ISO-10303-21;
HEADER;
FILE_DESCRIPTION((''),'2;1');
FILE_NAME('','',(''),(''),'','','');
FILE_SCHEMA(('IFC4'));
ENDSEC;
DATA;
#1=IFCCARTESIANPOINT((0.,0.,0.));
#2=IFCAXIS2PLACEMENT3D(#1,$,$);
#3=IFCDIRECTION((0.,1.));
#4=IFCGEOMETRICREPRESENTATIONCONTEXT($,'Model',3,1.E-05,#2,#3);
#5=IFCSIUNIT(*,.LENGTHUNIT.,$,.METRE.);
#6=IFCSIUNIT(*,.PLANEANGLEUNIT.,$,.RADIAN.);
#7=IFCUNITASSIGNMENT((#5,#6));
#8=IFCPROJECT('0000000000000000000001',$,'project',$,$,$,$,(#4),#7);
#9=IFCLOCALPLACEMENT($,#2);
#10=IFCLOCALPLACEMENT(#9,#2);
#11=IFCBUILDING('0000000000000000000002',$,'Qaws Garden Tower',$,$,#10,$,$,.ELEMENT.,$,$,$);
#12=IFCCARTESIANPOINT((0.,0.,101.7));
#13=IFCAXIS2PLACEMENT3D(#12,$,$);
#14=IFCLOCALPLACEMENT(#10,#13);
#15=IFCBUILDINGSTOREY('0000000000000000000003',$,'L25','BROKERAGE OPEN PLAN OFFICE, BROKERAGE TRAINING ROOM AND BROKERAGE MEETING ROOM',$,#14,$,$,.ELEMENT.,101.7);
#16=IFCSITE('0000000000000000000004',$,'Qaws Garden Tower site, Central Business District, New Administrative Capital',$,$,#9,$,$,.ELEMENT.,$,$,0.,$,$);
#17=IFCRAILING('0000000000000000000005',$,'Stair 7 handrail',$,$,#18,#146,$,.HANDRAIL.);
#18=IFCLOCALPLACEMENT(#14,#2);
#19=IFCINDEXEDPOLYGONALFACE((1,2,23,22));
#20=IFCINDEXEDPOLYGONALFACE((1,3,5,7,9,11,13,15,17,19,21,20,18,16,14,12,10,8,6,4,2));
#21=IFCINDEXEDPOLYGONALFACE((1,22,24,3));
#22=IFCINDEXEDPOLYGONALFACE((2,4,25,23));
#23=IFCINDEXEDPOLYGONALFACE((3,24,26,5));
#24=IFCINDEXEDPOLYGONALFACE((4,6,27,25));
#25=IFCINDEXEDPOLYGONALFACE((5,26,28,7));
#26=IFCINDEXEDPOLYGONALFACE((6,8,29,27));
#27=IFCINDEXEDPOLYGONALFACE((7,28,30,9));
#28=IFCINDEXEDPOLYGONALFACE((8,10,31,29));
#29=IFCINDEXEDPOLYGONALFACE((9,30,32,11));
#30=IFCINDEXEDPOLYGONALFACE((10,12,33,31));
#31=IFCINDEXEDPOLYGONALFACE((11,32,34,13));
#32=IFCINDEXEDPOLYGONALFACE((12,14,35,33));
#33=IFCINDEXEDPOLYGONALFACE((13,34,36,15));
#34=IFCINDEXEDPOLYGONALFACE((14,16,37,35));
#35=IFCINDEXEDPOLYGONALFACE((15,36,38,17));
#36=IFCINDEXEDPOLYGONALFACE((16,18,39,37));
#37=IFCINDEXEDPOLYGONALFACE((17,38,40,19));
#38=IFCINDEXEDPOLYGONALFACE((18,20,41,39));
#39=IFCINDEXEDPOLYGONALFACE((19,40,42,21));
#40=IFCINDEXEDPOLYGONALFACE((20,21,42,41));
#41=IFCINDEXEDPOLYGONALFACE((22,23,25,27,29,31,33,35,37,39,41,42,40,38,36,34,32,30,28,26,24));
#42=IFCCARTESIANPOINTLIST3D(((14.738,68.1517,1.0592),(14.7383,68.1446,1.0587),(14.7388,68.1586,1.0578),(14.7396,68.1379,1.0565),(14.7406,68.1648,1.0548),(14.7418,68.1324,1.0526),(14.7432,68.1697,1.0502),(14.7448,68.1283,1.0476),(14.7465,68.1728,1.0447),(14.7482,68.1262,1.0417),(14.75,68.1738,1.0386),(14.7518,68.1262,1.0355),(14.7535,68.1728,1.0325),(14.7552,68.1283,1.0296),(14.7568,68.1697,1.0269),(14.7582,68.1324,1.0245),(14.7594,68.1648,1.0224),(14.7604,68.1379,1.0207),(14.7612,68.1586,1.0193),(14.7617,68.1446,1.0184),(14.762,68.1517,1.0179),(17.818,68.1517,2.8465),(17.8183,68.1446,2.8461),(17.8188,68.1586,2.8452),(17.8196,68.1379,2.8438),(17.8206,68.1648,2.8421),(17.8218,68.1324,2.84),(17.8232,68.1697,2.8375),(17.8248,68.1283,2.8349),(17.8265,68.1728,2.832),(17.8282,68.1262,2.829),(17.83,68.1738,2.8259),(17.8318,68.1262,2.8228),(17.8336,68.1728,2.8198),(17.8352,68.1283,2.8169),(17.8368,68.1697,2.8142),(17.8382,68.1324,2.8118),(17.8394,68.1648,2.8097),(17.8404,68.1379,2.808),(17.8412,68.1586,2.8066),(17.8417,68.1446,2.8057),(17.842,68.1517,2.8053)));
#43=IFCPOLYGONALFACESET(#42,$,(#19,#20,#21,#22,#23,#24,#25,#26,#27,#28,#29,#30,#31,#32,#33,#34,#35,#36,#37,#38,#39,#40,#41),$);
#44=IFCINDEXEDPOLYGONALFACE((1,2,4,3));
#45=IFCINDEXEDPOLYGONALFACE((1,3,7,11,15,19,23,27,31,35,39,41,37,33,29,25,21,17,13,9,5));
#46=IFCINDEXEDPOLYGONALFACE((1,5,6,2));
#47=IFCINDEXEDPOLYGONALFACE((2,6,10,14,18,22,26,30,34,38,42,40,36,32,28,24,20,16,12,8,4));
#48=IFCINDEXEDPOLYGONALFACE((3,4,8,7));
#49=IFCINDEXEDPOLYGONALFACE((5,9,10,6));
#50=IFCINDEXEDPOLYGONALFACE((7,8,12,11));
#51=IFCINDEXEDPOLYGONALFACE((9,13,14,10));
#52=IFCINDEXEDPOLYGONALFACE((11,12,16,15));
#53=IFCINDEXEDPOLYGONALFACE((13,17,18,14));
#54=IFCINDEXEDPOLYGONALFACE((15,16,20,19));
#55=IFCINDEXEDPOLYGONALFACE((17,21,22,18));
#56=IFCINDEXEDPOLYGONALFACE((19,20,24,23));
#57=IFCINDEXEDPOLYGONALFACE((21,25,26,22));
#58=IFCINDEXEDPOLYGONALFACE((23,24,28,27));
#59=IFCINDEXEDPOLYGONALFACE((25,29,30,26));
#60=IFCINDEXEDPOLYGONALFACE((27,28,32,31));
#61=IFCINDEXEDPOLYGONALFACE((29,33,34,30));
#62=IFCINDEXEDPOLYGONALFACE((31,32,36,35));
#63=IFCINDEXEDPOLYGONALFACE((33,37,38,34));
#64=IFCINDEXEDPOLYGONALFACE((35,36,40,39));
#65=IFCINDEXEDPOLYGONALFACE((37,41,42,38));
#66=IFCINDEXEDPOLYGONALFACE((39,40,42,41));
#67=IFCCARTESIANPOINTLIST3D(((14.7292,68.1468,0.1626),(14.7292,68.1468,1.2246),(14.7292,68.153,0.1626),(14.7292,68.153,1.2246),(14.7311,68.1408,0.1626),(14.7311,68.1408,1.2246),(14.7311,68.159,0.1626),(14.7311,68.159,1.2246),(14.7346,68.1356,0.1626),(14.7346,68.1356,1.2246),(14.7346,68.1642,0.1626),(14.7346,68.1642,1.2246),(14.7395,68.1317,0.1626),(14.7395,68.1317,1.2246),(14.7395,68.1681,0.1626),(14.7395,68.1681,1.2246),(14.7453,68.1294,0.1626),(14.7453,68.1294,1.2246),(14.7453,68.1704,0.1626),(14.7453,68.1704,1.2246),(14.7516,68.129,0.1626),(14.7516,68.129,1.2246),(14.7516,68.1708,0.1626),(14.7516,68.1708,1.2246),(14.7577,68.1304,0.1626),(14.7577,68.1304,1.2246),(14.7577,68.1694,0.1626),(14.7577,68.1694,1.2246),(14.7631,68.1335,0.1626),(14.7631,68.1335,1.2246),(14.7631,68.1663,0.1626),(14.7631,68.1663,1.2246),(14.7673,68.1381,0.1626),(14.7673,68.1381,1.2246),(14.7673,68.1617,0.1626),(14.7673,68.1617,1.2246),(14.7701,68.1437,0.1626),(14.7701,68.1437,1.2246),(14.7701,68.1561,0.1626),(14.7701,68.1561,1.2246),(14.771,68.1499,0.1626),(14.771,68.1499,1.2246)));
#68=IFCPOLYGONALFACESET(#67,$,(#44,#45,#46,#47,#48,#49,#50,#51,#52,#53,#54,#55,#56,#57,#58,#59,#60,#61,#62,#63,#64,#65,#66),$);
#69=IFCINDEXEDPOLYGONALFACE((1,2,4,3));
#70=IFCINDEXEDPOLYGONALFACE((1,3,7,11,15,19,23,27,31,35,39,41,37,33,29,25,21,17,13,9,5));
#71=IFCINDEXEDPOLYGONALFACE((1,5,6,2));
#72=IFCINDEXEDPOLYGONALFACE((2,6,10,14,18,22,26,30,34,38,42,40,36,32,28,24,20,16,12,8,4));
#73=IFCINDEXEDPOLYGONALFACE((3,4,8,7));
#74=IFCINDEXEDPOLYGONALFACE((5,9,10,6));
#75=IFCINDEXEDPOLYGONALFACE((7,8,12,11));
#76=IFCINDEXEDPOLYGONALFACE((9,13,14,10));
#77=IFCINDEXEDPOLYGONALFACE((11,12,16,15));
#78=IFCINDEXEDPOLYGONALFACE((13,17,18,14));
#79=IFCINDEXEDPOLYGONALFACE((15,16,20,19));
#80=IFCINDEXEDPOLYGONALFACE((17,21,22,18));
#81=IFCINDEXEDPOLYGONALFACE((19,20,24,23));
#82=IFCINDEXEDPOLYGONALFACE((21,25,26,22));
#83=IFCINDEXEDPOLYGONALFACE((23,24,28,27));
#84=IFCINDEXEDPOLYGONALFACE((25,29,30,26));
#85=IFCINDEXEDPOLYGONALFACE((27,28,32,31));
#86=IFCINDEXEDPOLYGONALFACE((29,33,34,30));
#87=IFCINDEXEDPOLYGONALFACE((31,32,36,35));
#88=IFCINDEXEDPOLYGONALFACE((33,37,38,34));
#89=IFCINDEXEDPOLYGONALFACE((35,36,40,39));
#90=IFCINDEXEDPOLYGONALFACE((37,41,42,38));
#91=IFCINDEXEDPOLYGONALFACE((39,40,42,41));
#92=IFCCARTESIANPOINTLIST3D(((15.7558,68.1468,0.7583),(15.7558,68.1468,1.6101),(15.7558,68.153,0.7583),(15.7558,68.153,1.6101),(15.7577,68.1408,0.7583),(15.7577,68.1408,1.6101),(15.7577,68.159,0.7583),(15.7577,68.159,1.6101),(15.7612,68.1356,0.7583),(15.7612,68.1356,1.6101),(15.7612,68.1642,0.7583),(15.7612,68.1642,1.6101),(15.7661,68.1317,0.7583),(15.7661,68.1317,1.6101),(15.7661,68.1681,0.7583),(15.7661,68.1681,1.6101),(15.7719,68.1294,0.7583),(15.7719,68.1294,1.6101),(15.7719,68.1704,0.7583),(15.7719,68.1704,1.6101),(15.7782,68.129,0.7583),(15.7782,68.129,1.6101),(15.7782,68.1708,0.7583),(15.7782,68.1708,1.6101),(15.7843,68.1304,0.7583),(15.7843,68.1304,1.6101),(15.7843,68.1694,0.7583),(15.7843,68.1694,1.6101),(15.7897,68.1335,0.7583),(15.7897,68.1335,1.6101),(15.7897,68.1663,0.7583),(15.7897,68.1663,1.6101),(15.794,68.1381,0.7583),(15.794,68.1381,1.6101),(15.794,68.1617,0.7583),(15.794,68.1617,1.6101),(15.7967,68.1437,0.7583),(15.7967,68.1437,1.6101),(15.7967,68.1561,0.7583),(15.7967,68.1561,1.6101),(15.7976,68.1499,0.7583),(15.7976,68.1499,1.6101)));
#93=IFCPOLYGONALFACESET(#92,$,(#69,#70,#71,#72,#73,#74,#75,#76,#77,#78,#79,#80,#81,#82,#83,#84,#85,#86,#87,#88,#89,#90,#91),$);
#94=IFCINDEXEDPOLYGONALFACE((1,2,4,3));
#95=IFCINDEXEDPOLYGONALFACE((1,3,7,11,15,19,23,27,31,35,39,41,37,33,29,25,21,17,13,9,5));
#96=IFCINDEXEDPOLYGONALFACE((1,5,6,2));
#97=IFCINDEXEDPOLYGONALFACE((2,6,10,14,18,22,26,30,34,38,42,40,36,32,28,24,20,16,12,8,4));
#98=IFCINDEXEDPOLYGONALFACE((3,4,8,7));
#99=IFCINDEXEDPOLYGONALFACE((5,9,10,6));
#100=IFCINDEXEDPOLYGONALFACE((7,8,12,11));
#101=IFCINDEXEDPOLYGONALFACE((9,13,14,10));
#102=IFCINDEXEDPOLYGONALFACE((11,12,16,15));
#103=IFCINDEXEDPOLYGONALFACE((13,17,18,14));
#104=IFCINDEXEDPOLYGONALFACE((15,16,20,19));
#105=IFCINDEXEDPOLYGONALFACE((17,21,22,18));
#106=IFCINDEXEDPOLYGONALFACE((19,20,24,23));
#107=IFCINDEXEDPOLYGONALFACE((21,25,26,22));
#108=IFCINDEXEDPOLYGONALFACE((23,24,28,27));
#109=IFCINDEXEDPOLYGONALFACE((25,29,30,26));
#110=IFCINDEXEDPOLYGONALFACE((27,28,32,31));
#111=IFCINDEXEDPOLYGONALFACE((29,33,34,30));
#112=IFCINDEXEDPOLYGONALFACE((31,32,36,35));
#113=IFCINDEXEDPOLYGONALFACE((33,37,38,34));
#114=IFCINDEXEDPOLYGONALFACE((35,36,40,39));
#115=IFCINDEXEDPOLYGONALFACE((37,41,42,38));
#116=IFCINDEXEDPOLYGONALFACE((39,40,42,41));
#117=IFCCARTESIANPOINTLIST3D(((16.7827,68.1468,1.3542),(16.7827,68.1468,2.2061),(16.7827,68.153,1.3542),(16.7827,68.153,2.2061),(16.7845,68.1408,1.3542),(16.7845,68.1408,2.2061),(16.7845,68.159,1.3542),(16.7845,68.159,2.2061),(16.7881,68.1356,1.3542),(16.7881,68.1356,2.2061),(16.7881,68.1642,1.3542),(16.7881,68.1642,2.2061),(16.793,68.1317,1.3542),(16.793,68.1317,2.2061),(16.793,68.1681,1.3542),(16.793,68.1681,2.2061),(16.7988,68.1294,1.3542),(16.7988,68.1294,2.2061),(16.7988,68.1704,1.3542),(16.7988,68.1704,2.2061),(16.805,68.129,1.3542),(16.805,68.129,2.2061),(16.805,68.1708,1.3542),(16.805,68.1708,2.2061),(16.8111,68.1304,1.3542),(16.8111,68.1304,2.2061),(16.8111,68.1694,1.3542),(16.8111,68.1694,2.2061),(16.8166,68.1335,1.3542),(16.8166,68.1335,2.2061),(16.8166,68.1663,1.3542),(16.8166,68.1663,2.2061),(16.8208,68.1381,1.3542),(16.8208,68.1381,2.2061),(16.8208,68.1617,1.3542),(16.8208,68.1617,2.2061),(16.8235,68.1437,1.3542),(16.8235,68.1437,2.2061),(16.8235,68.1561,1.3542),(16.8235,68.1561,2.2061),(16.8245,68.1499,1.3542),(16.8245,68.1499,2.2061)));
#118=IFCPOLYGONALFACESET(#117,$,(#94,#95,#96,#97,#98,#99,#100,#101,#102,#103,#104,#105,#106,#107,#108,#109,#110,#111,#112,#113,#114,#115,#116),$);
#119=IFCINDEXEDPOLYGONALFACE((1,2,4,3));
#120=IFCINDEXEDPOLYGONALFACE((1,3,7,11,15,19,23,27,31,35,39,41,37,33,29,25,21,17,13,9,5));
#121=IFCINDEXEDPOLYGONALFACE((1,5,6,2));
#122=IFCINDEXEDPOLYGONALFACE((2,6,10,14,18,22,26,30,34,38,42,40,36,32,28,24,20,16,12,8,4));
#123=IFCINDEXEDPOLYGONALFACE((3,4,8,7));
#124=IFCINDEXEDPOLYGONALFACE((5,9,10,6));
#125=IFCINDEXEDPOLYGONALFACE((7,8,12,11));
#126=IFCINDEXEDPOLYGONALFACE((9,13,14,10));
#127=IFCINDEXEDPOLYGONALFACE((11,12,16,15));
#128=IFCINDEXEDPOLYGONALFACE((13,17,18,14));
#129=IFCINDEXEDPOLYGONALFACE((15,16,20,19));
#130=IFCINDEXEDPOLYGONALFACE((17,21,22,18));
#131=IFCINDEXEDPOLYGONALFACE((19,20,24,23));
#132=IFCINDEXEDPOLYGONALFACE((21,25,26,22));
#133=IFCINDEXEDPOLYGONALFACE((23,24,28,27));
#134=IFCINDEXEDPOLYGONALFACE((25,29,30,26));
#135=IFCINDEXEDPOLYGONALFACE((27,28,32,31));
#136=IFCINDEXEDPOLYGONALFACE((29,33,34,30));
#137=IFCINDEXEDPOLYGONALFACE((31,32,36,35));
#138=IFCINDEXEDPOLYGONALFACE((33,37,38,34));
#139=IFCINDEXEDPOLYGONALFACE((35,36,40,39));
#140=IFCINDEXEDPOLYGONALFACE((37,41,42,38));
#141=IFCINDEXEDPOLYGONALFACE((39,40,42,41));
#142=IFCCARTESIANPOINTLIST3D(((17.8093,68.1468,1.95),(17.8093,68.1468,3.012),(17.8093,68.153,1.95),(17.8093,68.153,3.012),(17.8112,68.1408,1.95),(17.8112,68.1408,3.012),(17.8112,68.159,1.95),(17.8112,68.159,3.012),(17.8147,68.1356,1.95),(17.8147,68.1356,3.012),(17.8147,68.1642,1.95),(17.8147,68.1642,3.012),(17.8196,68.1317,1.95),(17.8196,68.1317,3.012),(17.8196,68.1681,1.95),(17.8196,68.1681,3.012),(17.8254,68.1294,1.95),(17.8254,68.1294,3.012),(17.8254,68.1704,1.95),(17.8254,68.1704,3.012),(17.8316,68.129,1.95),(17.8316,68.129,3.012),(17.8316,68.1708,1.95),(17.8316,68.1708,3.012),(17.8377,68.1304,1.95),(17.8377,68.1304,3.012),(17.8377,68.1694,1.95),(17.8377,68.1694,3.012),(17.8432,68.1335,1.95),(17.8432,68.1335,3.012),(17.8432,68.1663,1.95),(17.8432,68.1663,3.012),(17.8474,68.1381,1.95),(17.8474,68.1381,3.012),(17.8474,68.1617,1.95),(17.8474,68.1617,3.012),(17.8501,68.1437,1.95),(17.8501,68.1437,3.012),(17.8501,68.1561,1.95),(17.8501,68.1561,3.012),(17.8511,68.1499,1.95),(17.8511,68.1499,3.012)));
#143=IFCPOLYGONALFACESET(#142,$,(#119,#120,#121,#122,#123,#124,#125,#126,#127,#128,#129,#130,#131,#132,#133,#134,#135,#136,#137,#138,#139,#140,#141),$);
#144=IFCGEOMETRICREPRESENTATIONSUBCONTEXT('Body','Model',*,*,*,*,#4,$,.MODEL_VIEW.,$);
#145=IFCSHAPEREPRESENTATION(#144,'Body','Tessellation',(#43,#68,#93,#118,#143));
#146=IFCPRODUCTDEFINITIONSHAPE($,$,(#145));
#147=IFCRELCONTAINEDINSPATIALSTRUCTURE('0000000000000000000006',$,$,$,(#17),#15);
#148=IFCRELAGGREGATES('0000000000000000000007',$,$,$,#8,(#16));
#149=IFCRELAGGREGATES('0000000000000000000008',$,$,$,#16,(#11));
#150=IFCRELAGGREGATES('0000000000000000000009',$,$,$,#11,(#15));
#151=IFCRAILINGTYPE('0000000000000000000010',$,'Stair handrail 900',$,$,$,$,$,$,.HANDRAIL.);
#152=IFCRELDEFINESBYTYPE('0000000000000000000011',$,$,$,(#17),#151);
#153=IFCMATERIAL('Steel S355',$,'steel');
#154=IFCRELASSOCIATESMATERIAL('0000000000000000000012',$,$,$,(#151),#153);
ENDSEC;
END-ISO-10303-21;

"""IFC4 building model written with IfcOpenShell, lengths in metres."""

from ifc_helpers import new_model, si_unit, direction, frame, origin, origin_2d, place, context, subcontext, project, spatial, circle, extrude, material, type_object, element, save


model = new_model("IFC4")

# Units and contexts
model_context = context("Model", 3, precision=1e-05, world=origin(), true_north=direction((0.0, 1.0)))
body_context = subcontext(model_context, "Body", "Model", "MODEL_VIEW")
ifc_project = project(units=[si_unit("LENGTHUNIT", "METRE"), si_unit("PLANEANGLEUNIT", "RADIAN")], contexts=[model_context])

# Site, building, storey
site_placement = place(None, origin())
site = spatial("IfcSite", under=ifc_project, at=site_placement, Name="Qaws Garden Tower site, Central Business District, New Administrative Capital", CompositionType="ELEMENT", RefElevation=0.0)
building_placement = place(site_placement, origin())
building = spatial("IfcBuilding", under=site, at=building_placement, Name="Qaws Garden Tower", CompositionType="ELEMENT")
storey_placement = place(building_placement, frame((0.0, 0.0, 101.7)))
storey = spatial("IfcBuildingStorey", under=building, at=storey_placement, Name="L25", Description="BROKERAGE OPEN PLAN OFFICE, BROKERAGE TRAINING ROOM AND BROKERAGE MEETING ROOM", CompositionType="ELEMENT", Elevation=101.7)

# Railing
ifc_material_1 = material(Name="Steel S355", Category="steel")
railing_type = type_object("IfcRailingType", Name="Stair handrail 900", PredefinedType="HANDRAIL", material=ifc_material_1)
railing_1_placement = place(storey_placement, frame((14.75, 68.1499, 0.1626)))
element("IfcRailing", 1, at=railing_1_placement, inside=storey, type_object=railing_type, Name="Stair 7 handrail", PredefinedType="HANDRAIL", context=body_context, shape_type="SweptSolid", body=[
    extrude(circle(Radius=0.0239, at=origin_2d()), frame((0.0, 0.0, 0.876), z_axis=(0.86492, 0.0, 0.501909), x_axis=(0.0, 1.0, 0.0)), (0.0, 0.0, 1.0), 3.561),
    extrude(circle(Radius=0.021, at=origin_2d()), origin(), (0.0, 0.0, 1.0), 1.062),
    extrude(circle(Radius=0.021, at=origin_2d()), frame((1.0266, 0.0, 0.5957)), (0.0, 0.0, 1.0), 0.8518),
    extrude(circle(Radius=0.021, at=origin_2d()), frame((2.0535, 0.0, 1.1917)), (0.0, 0.0, 1.0), 0.8518),
    extrude(circle(Radius=0.021, at=origin_2d()), frame((3.0801, 0.0, 1.7874)), (0.0, 0.0, 1.0), 1.062),
])

save(model, "model.ifc")
